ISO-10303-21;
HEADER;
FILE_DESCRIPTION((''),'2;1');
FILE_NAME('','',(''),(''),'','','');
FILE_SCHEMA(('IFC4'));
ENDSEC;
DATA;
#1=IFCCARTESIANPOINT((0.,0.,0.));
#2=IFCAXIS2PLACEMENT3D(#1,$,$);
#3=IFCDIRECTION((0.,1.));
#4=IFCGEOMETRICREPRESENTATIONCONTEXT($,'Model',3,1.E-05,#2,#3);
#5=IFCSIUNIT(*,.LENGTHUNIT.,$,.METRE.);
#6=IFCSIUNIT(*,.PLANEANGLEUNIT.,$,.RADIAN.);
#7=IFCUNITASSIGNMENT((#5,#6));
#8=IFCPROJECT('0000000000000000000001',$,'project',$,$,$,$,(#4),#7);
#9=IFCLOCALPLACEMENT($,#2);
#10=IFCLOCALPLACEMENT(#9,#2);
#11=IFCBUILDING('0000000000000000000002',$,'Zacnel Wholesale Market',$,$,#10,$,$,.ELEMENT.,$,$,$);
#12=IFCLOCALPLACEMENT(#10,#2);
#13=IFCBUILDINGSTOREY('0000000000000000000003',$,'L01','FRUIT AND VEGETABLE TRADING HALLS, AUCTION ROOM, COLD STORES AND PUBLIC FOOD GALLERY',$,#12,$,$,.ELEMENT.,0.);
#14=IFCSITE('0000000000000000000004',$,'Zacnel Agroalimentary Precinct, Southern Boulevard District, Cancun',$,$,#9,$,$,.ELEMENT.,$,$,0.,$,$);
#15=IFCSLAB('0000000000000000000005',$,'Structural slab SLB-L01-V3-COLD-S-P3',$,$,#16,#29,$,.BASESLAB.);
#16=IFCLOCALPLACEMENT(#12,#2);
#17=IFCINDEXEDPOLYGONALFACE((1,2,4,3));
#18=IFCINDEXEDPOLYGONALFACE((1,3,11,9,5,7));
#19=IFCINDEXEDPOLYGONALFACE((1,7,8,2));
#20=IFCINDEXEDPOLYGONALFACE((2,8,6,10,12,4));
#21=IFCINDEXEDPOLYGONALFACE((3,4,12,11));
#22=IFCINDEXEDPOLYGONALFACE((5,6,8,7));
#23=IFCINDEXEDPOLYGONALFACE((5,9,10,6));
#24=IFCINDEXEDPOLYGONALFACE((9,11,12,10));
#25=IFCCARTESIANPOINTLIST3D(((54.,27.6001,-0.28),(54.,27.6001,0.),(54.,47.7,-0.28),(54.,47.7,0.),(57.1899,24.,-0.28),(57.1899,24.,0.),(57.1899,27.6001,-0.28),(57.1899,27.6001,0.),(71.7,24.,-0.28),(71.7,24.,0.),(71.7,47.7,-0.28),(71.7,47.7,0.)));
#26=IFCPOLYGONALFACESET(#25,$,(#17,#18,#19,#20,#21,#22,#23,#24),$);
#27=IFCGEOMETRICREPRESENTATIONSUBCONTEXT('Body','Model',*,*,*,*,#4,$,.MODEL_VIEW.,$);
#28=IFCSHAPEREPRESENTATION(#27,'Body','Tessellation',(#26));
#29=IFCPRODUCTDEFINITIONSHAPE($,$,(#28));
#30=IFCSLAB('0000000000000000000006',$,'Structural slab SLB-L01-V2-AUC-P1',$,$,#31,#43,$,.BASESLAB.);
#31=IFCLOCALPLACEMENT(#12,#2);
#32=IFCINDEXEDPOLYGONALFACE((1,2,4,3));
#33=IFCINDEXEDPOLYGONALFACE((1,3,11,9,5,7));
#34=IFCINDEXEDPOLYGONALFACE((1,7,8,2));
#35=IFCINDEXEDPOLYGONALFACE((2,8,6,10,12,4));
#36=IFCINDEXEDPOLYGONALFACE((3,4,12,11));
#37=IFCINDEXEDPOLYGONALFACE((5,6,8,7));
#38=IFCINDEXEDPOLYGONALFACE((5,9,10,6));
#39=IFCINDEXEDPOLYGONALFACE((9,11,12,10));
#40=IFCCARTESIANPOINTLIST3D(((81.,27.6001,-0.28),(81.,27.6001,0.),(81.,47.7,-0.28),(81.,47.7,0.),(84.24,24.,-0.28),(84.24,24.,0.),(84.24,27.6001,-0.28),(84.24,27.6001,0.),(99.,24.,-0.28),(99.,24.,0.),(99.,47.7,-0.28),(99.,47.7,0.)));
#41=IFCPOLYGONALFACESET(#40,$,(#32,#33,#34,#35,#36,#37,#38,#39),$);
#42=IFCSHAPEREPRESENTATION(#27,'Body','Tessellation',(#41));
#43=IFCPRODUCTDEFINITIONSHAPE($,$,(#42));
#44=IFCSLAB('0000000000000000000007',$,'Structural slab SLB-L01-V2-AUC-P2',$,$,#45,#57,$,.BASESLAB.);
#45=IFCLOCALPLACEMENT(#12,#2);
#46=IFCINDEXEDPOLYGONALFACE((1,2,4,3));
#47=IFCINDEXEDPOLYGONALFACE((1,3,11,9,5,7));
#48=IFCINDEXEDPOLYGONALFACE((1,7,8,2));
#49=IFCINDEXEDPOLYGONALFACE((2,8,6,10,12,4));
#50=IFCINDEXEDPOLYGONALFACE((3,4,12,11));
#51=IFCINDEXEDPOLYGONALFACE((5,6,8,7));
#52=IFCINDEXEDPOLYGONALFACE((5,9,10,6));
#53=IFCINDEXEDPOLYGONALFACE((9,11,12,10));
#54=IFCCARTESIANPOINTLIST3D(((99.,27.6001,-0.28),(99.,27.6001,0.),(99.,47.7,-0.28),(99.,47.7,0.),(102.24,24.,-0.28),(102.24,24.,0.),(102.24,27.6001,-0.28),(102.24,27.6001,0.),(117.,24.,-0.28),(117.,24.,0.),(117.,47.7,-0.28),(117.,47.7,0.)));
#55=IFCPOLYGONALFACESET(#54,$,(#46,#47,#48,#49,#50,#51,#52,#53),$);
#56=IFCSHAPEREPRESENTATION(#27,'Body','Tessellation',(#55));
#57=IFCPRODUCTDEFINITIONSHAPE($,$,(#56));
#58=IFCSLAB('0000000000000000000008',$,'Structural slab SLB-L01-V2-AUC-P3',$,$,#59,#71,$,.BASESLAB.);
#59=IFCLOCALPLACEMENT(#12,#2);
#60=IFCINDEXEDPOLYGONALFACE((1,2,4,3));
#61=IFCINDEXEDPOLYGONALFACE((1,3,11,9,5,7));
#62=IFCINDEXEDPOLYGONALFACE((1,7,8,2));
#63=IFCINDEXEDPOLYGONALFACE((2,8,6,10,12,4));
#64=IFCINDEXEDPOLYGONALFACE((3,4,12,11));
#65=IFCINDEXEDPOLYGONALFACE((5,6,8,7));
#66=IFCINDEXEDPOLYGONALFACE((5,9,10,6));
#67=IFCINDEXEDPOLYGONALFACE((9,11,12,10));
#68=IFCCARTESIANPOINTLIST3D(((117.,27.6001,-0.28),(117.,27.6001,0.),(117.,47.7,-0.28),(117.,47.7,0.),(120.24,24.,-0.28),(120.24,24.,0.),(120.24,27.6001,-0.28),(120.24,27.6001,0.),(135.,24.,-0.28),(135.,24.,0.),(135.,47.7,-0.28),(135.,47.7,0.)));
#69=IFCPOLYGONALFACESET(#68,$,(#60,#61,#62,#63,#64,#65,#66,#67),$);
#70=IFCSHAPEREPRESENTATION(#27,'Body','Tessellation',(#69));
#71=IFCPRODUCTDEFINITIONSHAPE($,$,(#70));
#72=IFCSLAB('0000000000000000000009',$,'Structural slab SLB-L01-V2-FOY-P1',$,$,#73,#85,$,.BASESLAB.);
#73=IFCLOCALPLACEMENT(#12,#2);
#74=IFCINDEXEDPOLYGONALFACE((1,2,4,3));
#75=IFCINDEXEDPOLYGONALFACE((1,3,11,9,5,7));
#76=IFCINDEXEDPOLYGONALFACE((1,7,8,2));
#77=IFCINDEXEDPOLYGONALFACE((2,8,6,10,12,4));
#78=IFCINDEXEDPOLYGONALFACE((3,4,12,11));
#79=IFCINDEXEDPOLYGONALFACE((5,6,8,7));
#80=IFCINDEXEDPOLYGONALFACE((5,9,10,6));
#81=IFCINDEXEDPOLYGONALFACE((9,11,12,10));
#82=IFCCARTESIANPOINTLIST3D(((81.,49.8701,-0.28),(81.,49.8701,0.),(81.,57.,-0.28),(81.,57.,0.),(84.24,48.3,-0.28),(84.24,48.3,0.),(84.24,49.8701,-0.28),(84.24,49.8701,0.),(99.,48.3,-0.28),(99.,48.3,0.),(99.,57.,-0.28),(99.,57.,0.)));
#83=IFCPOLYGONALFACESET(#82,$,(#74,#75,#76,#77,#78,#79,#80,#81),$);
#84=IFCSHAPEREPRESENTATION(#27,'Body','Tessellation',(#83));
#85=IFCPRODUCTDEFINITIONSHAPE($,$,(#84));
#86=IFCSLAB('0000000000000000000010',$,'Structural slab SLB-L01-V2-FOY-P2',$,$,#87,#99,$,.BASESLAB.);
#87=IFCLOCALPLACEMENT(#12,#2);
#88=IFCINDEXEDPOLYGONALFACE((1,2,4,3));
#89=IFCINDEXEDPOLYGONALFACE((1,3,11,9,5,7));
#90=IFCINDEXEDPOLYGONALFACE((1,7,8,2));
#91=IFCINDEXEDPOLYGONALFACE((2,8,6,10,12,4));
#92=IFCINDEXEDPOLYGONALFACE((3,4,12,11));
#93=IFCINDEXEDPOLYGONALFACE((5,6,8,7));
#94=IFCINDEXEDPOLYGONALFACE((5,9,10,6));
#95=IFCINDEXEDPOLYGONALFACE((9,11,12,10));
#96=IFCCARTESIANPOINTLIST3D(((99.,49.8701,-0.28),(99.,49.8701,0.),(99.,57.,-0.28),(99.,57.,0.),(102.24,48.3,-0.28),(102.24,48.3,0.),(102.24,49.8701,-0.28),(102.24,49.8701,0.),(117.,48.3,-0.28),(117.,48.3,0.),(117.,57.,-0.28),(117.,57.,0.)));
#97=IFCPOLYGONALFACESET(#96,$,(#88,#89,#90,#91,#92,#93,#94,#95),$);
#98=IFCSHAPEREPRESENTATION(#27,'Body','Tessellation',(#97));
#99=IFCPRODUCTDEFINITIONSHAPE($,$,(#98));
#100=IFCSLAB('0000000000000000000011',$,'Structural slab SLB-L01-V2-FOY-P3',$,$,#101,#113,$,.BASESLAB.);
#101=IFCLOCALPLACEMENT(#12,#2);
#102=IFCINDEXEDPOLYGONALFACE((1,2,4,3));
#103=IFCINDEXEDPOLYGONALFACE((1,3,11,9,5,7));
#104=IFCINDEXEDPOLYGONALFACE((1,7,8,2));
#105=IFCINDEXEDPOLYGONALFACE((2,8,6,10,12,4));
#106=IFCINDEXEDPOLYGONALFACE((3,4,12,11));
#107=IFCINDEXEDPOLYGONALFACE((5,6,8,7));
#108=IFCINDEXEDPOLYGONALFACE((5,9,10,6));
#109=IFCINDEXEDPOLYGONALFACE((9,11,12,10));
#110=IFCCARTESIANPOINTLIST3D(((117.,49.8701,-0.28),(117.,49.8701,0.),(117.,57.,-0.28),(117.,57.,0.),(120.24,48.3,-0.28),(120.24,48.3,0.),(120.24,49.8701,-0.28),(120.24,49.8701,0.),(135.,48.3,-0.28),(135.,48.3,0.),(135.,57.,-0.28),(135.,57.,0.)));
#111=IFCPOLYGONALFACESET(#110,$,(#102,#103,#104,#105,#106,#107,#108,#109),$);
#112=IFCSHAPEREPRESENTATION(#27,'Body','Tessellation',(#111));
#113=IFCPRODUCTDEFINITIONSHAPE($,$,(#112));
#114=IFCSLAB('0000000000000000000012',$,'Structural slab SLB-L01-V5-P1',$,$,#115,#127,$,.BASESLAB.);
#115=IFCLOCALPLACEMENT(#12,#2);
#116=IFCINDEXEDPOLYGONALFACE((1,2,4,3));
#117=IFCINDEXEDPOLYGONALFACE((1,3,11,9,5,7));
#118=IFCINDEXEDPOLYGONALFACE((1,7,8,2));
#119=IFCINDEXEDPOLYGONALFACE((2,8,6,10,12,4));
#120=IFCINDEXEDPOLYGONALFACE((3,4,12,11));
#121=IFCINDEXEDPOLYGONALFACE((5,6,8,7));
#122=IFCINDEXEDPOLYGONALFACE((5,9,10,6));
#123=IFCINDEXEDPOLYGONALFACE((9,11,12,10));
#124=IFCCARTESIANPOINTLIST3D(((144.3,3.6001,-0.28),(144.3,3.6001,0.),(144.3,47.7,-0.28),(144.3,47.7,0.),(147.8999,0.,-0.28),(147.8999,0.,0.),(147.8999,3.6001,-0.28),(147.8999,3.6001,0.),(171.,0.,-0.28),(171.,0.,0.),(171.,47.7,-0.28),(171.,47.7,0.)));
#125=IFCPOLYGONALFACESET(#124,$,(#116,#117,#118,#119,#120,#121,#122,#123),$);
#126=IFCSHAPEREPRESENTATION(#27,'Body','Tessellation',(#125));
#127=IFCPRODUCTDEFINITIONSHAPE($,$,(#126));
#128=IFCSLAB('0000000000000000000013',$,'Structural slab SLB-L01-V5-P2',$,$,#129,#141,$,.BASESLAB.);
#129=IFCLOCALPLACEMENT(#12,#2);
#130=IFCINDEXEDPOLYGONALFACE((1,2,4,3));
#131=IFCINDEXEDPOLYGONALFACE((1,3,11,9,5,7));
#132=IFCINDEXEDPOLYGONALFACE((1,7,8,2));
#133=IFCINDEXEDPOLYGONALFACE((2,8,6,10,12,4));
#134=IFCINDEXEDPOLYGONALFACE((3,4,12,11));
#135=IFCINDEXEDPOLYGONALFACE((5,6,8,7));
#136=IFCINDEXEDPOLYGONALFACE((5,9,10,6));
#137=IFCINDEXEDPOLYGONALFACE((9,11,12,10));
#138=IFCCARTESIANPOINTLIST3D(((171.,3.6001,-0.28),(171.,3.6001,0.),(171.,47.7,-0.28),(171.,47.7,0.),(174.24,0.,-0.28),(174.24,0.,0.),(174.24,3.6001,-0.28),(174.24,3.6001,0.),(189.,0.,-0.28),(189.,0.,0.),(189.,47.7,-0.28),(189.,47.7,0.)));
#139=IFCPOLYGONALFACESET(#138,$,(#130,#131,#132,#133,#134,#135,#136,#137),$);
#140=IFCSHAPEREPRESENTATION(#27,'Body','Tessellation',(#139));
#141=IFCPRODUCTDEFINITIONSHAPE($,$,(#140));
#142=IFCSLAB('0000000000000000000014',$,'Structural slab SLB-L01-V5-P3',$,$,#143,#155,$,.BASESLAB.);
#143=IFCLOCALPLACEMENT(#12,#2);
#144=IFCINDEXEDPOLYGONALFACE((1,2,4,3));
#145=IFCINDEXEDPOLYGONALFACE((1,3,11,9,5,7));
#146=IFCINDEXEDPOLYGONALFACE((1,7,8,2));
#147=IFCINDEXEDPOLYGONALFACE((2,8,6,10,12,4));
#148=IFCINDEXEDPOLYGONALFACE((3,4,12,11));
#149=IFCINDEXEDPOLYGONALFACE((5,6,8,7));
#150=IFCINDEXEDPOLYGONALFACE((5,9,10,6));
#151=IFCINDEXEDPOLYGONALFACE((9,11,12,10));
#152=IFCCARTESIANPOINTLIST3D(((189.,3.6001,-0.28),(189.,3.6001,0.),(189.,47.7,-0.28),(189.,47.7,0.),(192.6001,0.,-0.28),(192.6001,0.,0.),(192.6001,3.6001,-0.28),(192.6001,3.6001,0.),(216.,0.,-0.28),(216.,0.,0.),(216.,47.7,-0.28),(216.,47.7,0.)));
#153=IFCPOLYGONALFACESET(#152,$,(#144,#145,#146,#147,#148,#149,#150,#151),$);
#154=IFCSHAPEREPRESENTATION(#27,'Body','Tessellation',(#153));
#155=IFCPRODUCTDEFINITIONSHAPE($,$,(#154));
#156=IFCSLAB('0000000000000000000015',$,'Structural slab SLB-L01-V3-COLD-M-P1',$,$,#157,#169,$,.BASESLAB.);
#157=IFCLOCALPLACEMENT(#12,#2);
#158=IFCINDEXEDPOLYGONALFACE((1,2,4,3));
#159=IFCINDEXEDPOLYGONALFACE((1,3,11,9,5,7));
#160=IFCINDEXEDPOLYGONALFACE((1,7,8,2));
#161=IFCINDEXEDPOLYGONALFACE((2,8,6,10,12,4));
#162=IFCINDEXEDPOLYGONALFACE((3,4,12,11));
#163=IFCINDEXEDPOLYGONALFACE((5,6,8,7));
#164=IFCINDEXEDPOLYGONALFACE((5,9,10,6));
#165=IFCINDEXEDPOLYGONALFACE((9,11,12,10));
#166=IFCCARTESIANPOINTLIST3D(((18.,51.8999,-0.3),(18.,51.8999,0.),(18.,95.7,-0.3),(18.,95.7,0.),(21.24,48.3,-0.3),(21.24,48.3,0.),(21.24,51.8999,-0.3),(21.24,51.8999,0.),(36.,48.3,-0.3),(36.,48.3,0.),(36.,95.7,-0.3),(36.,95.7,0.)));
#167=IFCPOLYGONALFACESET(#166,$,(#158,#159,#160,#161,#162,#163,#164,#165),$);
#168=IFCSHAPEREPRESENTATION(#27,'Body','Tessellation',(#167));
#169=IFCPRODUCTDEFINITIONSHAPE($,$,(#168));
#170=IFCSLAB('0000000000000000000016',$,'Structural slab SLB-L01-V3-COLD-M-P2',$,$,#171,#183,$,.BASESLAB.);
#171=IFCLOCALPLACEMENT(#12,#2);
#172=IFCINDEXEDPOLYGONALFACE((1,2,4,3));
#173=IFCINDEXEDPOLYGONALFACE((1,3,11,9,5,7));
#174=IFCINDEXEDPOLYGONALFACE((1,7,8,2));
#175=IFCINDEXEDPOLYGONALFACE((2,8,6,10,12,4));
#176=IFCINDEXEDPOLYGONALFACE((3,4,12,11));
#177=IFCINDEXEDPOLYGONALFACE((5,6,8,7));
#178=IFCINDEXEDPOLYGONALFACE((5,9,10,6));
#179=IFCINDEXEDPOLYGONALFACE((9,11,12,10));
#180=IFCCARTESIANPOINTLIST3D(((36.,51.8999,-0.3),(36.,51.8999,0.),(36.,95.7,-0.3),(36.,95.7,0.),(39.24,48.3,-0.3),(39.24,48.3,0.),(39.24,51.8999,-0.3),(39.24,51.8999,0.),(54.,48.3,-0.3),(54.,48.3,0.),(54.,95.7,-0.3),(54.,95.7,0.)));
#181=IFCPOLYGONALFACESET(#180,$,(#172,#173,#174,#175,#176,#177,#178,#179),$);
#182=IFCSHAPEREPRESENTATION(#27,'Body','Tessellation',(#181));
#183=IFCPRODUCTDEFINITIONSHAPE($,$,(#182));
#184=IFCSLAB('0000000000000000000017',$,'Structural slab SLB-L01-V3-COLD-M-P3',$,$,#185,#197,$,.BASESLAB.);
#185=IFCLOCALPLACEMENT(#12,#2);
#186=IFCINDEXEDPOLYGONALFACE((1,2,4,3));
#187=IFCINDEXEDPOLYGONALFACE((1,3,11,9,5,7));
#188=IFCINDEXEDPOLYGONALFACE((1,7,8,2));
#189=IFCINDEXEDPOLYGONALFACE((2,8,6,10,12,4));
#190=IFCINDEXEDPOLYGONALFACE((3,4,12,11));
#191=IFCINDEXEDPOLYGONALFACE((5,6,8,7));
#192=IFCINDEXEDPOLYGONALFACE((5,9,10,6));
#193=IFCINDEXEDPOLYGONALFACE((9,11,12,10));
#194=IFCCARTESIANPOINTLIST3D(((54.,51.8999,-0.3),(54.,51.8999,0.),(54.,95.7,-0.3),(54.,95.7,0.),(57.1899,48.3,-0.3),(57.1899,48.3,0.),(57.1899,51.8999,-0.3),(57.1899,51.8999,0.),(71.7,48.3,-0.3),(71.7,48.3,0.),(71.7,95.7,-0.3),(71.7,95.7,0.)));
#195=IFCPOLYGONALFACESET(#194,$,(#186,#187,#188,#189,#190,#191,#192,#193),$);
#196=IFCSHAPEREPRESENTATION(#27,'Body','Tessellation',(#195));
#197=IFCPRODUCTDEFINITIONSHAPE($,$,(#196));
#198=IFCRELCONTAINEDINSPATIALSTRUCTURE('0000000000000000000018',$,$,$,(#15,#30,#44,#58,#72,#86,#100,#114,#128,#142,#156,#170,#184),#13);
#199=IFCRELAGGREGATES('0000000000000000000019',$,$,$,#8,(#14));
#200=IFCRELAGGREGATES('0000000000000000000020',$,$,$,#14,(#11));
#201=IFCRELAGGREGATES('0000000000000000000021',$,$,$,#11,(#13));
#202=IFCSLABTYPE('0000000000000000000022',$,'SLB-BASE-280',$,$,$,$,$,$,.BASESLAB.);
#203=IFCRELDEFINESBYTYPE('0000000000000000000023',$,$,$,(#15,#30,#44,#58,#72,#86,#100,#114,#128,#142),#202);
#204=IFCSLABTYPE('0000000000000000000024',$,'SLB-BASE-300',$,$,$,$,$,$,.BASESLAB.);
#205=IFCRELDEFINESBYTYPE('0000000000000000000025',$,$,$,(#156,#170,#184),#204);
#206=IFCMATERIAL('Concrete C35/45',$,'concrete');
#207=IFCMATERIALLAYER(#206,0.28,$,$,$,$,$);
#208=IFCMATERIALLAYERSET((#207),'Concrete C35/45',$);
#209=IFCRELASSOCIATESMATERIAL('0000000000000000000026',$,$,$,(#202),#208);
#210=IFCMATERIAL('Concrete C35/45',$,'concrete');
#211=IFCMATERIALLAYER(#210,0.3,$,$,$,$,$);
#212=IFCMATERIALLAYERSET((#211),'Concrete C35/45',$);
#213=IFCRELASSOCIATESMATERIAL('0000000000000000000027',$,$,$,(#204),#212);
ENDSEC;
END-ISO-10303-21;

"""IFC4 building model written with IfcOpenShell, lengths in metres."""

from ifc_helpers import new_model, si_unit, direction, frame, origin, place, context, subcontext, project, spatial, polyline, outline, extrude, material, layer, layer_set, type_object, element, save


model = new_model("IFC4")

# Units and contexts
model_context = context("Model", 3, precision=1e-05, world=origin(), true_north=direction((0.0, 1.0)))
body_context = subcontext(model_context, "Body", "Model", "MODEL_VIEW")
ifc_project = project(units=[si_unit("LENGTHUNIT", "METRE"), si_unit("PLANEANGLEUNIT", "RADIAN")], contexts=[model_context])

# Site, building, storey
site_placement = place(None, origin())
site = spatial("IfcSite", under=ifc_project, at=site_placement, Name="Zacnel Agroalimentary Precinct, Southern Boulevard District, Cancun", CompositionType="ELEMENT", RefElevation=0.0)
building_placement = place(site_placement, origin())
building = spatial("IfcBuilding", under=site, at=building_placement, Name="Zacnel Wholesale Market", CompositionType="ELEMENT")
storey_placement = place(building_placement, origin())
storey = spatial("IfcBuildingStorey", under=building, at=storey_placement, Name="L01", Description="FRUIT AND VEGETABLE TRADING HALLS, AUCTION ROOM, COLD STORES AND PUBLIC FOOD GALLERY", CompositionType="ELEMENT", Elevation=0.0)

# Slabs
ifc_material_1 = material(Name="Concrete C35/45", Category="concrete")
ifc_layer_1 = layer(ifc_material_1, 0.28)
ifc_layer_set_1 = layer_set([ifc_layer_1], Name="Concrete C35/45")
slab_type_1 = type_object("IfcSlabType", Name="SLB-BASE-280", PredefinedType="BASESLAB", material=ifc_layer_set_1)
slab_1_placement = place(storey_placement, frame((0.0, 0.0, -0.28)))
element("IfcSlab", 1, at=slab_1_placement, inside=storey, type_object=slab_type_1, Name="Structural slab SLB-L01-V3-COLD-S-P3", PredefinedType="BASESLAB", context=body_context, shape_type="SweptSolid", body=[
    extrude(outline(polyline([(57.1899, 24.0), (71.7, 24.0), (71.7, 47.7), (54.0, 47.7), (54.0, 27.6001), (57.1899, 27.6001), (57.1899, 24.0)])), origin(), (0.0, 0.0, 1.0), 0.28),
])
slab_2_placement = place(storey_placement, frame((0.0, 0.0, -0.28)))
element("IfcSlab", 2, at=slab_2_placement, inside=storey, type_object=slab_type_1, Name="Structural slab SLB-L01-V2-AUC-P1", PredefinedType="BASESLAB", context=body_context, shape_type="SweptSolid", body=[
    extrude(outline(polyline([(84.24, 24.0), (99.0, 24.0), (99.0, 47.7), (81.0, 47.7), (81.0, 27.6001), (84.24, 27.6001), (84.24, 24.0)])), origin(), (0.0, 0.0, 1.0), 0.28),
])
slab_3_placement = place(storey_placement, frame((0.0, 0.0, -0.28)))
element("IfcSlab", 3, at=slab_3_placement, inside=storey, type_object=slab_type_1, Name="Structural slab SLB-L01-V2-AUC-P2", PredefinedType="BASESLAB", context=body_context, shape_type="SweptSolid", body=[
    extrude(outline(polyline([(102.24, 24.0), (117.0, 24.0), (117.0, 47.7), (99.0, 47.7), (99.0, 27.6001), (102.24, 27.6001), (102.24, 24.0)])), origin(), (0.0, 0.0, 1.0), 0.28),
])
slab_4_placement = place(storey_placement, frame((0.0, 0.0, -0.28)))
element("IfcSlab", 4, at=slab_4_placement, inside=storey, type_object=slab_type_1, Name="Structural slab SLB-L01-V2-AUC-P3", PredefinedType="BASESLAB", context=body_context, shape_type="SweptSolid", body=[
    extrude(outline(polyline([(120.24, 24.0), (135.0, 24.0), (135.0, 47.7), (117.0, 47.7), (117.0, 27.6001), (120.24, 27.6001), (120.24, 24.0)])), origin(), (0.0, 0.0, 1.0), 0.28),
])
slab_5_placement = place(storey_placement, frame((0.0, 0.0, -0.28)))
element("IfcSlab", 5, at=slab_5_placement, inside=storey, type_object=slab_type_1, Name="Structural slab SLB-L01-V2-FOY-P1", PredefinedType="BASESLAB", context=body_context, shape_type="SweptSolid", body=[
    extrude(outline(polyline([(84.24, 48.3), (99.0, 48.3), (99.0, 57.0), (81.0, 57.0), (81.0, 49.8701), (84.24, 49.8701), (84.24, 48.3)])), origin(), (0.0, 0.0, 1.0), 0.28),
])
slab_6_placement = place(storey_placement, frame((0.0, 0.0, -0.28)))
element("IfcSlab", 6, at=slab_6_placement, inside=storey, type_object=slab_type_1, Name="Structural slab SLB-L01-V2-FOY-P2", PredefinedType="BASESLAB", context=body_context, shape_type="SweptSolid", body=[
    extrude(outline(polyline([(102.24, 48.3), (117.0, 48.3), (117.0, 57.0), (99.0, 57.0), (99.0, 49.8701), (102.24, 49.8701), (102.24, 48.3)])), origin(), (0.0, 0.0, 1.0), 0.28),
])
slab_7_placement = place(storey_placement, frame((0.0, 0.0, -0.28)))
element("IfcSlab", 7, at=slab_7_placement, inside=storey, type_object=slab_type_1, Name="Structural slab SLB-L01-V2-FOY-P3", PredefinedType="BASESLAB", context=body_context, shape_type="SweptSolid", body=[
    extrude(outline(polyline([(120.24, 48.3), (135.0, 48.3), (135.0, 57.0), (117.0, 57.0), (117.0, 49.8701), (120.24, 49.8701), (120.24, 48.3)])), origin(), (0.0, 0.0, 1.0), 0.28),
])
slab_8_placement = place(storey_placement, frame((0.0, 0.0, -0.28)))
element("IfcSlab", 8, at=slab_8_placement, inside=storey, type_object=slab_type_1, Name="Structural slab SLB-L01-V5-P1", PredefinedType="BASESLAB", context=body_context, shape_type="SweptSolid", body=[
    extrude(outline(polyline([(147.8999, 0.0), (171.0, 0.0), (171.0, 47.7), (144.3, 47.7), (144.3, 3.6001), (147.8999, 3.6001), (147.8999, 0.0)])), origin(), (0.0, 0.0, 1.0), 0.28),
])
slab_9_placement = place(storey_placement, frame((0.0, 0.0, -0.28)))
element("IfcSlab", 9, at=slab_9_placement, inside=storey, type_object=slab_type_1, Name="Structural slab SLB-L01-V5-P2", PredefinedType="BASESLAB", context=body_context, shape_type="SweptSolid", body=[
    extrude(outline(polyline([(174.24, 0.0), (189.0, 0.0), (189.0, 47.7), (171.0, 47.7), (171.0, 3.6001), (174.24, 3.6001), (174.24, 0.0)])), origin(), (0.0, 0.0, 1.0), 0.28),
])
slab_10_placement = place(storey_placement, frame((0.0, 0.0, -0.28)))
element("IfcSlab", 10, at=slab_10_placement, inside=storey, type_object=slab_type_1, Name="Structural slab SLB-L01-V5-P3", PredefinedType="BASESLAB", context=body_context, shape_type="SweptSolid", body=[
    extrude(outline(polyline([(192.6001, 0.0), (216.0, 0.0), (216.0, 47.7), (189.0, 47.7), (189.0, 3.6001), (192.6001, 3.6001), (192.6001, 0.0)])), origin(), (0.0, 0.0, 1.0), 0.28),
])
ifc_material_2 = material(Name="Concrete C35/45", Category="concrete")
ifc_layer_2 = layer(ifc_material_2, 0.3)
ifc_layer_set_2 = layer_set([ifc_layer_2], Name="Concrete C35/45")
slab_type_2 = type_object("IfcSlabType", Name="SLB-BASE-300", PredefinedType="BASESLAB", material=ifc_layer_set_2)
slab_11_placement = place(storey_placement, frame((0.0, 0.0, -0.3)))
element("IfcSlab", 11, at=slab_11_placement, inside=storey, type_object=slab_type_2, Name="Structural slab SLB-L01-V3-COLD-M-P1", PredefinedType="BASESLAB", context=body_context, shape_type="SweptSolid", body=[
    extrude(outline(polyline([(21.24, 48.3), (36.0, 48.3), (36.0, 95.7), (18.0, 95.7), (18.0, 51.8999), (21.24, 51.8999), (21.24, 48.3)])), origin(), (0.0, 0.0, 1.0), 0.3),
])
slab_12_placement = place(storey_placement, frame((0.0, 0.0, -0.3)))
element("IfcSlab", 12, at=slab_12_placement, inside=storey, type_object=slab_type_2, Name="Structural slab SLB-L01-V3-COLD-M-P2", PredefinedType="BASESLAB", context=body_context, shape_type="SweptSolid", body=[
    extrude(outline(polyline([(39.24, 48.3), (54.0, 48.3), (54.0, 95.7), (36.0, 95.7), (36.0, 51.8999), (39.24, 51.8999), (39.24, 48.3)])), origin(), (0.0, 0.0, 1.0), 0.3),
])
slab_13_placement = place(storey_placement, frame((0.0, 0.0, -0.3)))
element("IfcSlab", 13, at=slab_13_placement, inside=storey, type_object=slab_type_2, Name="Structural slab SLB-L01-V3-COLD-M-P3", PredefinedType="BASESLAB", context=body_context, shape_type="SweptSolid", body=[
    extrude(outline(polyline([(57.1899, 48.3), (71.7, 48.3), (71.7, 95.7), (54.0, 95.7), (54.0, 51.8999), (57.1899, 51.8999), (57.1899, 48.3)])), origin(), (0.0, 0.0, 1.0), 0.3),
])

save(model, "model.ifc")
